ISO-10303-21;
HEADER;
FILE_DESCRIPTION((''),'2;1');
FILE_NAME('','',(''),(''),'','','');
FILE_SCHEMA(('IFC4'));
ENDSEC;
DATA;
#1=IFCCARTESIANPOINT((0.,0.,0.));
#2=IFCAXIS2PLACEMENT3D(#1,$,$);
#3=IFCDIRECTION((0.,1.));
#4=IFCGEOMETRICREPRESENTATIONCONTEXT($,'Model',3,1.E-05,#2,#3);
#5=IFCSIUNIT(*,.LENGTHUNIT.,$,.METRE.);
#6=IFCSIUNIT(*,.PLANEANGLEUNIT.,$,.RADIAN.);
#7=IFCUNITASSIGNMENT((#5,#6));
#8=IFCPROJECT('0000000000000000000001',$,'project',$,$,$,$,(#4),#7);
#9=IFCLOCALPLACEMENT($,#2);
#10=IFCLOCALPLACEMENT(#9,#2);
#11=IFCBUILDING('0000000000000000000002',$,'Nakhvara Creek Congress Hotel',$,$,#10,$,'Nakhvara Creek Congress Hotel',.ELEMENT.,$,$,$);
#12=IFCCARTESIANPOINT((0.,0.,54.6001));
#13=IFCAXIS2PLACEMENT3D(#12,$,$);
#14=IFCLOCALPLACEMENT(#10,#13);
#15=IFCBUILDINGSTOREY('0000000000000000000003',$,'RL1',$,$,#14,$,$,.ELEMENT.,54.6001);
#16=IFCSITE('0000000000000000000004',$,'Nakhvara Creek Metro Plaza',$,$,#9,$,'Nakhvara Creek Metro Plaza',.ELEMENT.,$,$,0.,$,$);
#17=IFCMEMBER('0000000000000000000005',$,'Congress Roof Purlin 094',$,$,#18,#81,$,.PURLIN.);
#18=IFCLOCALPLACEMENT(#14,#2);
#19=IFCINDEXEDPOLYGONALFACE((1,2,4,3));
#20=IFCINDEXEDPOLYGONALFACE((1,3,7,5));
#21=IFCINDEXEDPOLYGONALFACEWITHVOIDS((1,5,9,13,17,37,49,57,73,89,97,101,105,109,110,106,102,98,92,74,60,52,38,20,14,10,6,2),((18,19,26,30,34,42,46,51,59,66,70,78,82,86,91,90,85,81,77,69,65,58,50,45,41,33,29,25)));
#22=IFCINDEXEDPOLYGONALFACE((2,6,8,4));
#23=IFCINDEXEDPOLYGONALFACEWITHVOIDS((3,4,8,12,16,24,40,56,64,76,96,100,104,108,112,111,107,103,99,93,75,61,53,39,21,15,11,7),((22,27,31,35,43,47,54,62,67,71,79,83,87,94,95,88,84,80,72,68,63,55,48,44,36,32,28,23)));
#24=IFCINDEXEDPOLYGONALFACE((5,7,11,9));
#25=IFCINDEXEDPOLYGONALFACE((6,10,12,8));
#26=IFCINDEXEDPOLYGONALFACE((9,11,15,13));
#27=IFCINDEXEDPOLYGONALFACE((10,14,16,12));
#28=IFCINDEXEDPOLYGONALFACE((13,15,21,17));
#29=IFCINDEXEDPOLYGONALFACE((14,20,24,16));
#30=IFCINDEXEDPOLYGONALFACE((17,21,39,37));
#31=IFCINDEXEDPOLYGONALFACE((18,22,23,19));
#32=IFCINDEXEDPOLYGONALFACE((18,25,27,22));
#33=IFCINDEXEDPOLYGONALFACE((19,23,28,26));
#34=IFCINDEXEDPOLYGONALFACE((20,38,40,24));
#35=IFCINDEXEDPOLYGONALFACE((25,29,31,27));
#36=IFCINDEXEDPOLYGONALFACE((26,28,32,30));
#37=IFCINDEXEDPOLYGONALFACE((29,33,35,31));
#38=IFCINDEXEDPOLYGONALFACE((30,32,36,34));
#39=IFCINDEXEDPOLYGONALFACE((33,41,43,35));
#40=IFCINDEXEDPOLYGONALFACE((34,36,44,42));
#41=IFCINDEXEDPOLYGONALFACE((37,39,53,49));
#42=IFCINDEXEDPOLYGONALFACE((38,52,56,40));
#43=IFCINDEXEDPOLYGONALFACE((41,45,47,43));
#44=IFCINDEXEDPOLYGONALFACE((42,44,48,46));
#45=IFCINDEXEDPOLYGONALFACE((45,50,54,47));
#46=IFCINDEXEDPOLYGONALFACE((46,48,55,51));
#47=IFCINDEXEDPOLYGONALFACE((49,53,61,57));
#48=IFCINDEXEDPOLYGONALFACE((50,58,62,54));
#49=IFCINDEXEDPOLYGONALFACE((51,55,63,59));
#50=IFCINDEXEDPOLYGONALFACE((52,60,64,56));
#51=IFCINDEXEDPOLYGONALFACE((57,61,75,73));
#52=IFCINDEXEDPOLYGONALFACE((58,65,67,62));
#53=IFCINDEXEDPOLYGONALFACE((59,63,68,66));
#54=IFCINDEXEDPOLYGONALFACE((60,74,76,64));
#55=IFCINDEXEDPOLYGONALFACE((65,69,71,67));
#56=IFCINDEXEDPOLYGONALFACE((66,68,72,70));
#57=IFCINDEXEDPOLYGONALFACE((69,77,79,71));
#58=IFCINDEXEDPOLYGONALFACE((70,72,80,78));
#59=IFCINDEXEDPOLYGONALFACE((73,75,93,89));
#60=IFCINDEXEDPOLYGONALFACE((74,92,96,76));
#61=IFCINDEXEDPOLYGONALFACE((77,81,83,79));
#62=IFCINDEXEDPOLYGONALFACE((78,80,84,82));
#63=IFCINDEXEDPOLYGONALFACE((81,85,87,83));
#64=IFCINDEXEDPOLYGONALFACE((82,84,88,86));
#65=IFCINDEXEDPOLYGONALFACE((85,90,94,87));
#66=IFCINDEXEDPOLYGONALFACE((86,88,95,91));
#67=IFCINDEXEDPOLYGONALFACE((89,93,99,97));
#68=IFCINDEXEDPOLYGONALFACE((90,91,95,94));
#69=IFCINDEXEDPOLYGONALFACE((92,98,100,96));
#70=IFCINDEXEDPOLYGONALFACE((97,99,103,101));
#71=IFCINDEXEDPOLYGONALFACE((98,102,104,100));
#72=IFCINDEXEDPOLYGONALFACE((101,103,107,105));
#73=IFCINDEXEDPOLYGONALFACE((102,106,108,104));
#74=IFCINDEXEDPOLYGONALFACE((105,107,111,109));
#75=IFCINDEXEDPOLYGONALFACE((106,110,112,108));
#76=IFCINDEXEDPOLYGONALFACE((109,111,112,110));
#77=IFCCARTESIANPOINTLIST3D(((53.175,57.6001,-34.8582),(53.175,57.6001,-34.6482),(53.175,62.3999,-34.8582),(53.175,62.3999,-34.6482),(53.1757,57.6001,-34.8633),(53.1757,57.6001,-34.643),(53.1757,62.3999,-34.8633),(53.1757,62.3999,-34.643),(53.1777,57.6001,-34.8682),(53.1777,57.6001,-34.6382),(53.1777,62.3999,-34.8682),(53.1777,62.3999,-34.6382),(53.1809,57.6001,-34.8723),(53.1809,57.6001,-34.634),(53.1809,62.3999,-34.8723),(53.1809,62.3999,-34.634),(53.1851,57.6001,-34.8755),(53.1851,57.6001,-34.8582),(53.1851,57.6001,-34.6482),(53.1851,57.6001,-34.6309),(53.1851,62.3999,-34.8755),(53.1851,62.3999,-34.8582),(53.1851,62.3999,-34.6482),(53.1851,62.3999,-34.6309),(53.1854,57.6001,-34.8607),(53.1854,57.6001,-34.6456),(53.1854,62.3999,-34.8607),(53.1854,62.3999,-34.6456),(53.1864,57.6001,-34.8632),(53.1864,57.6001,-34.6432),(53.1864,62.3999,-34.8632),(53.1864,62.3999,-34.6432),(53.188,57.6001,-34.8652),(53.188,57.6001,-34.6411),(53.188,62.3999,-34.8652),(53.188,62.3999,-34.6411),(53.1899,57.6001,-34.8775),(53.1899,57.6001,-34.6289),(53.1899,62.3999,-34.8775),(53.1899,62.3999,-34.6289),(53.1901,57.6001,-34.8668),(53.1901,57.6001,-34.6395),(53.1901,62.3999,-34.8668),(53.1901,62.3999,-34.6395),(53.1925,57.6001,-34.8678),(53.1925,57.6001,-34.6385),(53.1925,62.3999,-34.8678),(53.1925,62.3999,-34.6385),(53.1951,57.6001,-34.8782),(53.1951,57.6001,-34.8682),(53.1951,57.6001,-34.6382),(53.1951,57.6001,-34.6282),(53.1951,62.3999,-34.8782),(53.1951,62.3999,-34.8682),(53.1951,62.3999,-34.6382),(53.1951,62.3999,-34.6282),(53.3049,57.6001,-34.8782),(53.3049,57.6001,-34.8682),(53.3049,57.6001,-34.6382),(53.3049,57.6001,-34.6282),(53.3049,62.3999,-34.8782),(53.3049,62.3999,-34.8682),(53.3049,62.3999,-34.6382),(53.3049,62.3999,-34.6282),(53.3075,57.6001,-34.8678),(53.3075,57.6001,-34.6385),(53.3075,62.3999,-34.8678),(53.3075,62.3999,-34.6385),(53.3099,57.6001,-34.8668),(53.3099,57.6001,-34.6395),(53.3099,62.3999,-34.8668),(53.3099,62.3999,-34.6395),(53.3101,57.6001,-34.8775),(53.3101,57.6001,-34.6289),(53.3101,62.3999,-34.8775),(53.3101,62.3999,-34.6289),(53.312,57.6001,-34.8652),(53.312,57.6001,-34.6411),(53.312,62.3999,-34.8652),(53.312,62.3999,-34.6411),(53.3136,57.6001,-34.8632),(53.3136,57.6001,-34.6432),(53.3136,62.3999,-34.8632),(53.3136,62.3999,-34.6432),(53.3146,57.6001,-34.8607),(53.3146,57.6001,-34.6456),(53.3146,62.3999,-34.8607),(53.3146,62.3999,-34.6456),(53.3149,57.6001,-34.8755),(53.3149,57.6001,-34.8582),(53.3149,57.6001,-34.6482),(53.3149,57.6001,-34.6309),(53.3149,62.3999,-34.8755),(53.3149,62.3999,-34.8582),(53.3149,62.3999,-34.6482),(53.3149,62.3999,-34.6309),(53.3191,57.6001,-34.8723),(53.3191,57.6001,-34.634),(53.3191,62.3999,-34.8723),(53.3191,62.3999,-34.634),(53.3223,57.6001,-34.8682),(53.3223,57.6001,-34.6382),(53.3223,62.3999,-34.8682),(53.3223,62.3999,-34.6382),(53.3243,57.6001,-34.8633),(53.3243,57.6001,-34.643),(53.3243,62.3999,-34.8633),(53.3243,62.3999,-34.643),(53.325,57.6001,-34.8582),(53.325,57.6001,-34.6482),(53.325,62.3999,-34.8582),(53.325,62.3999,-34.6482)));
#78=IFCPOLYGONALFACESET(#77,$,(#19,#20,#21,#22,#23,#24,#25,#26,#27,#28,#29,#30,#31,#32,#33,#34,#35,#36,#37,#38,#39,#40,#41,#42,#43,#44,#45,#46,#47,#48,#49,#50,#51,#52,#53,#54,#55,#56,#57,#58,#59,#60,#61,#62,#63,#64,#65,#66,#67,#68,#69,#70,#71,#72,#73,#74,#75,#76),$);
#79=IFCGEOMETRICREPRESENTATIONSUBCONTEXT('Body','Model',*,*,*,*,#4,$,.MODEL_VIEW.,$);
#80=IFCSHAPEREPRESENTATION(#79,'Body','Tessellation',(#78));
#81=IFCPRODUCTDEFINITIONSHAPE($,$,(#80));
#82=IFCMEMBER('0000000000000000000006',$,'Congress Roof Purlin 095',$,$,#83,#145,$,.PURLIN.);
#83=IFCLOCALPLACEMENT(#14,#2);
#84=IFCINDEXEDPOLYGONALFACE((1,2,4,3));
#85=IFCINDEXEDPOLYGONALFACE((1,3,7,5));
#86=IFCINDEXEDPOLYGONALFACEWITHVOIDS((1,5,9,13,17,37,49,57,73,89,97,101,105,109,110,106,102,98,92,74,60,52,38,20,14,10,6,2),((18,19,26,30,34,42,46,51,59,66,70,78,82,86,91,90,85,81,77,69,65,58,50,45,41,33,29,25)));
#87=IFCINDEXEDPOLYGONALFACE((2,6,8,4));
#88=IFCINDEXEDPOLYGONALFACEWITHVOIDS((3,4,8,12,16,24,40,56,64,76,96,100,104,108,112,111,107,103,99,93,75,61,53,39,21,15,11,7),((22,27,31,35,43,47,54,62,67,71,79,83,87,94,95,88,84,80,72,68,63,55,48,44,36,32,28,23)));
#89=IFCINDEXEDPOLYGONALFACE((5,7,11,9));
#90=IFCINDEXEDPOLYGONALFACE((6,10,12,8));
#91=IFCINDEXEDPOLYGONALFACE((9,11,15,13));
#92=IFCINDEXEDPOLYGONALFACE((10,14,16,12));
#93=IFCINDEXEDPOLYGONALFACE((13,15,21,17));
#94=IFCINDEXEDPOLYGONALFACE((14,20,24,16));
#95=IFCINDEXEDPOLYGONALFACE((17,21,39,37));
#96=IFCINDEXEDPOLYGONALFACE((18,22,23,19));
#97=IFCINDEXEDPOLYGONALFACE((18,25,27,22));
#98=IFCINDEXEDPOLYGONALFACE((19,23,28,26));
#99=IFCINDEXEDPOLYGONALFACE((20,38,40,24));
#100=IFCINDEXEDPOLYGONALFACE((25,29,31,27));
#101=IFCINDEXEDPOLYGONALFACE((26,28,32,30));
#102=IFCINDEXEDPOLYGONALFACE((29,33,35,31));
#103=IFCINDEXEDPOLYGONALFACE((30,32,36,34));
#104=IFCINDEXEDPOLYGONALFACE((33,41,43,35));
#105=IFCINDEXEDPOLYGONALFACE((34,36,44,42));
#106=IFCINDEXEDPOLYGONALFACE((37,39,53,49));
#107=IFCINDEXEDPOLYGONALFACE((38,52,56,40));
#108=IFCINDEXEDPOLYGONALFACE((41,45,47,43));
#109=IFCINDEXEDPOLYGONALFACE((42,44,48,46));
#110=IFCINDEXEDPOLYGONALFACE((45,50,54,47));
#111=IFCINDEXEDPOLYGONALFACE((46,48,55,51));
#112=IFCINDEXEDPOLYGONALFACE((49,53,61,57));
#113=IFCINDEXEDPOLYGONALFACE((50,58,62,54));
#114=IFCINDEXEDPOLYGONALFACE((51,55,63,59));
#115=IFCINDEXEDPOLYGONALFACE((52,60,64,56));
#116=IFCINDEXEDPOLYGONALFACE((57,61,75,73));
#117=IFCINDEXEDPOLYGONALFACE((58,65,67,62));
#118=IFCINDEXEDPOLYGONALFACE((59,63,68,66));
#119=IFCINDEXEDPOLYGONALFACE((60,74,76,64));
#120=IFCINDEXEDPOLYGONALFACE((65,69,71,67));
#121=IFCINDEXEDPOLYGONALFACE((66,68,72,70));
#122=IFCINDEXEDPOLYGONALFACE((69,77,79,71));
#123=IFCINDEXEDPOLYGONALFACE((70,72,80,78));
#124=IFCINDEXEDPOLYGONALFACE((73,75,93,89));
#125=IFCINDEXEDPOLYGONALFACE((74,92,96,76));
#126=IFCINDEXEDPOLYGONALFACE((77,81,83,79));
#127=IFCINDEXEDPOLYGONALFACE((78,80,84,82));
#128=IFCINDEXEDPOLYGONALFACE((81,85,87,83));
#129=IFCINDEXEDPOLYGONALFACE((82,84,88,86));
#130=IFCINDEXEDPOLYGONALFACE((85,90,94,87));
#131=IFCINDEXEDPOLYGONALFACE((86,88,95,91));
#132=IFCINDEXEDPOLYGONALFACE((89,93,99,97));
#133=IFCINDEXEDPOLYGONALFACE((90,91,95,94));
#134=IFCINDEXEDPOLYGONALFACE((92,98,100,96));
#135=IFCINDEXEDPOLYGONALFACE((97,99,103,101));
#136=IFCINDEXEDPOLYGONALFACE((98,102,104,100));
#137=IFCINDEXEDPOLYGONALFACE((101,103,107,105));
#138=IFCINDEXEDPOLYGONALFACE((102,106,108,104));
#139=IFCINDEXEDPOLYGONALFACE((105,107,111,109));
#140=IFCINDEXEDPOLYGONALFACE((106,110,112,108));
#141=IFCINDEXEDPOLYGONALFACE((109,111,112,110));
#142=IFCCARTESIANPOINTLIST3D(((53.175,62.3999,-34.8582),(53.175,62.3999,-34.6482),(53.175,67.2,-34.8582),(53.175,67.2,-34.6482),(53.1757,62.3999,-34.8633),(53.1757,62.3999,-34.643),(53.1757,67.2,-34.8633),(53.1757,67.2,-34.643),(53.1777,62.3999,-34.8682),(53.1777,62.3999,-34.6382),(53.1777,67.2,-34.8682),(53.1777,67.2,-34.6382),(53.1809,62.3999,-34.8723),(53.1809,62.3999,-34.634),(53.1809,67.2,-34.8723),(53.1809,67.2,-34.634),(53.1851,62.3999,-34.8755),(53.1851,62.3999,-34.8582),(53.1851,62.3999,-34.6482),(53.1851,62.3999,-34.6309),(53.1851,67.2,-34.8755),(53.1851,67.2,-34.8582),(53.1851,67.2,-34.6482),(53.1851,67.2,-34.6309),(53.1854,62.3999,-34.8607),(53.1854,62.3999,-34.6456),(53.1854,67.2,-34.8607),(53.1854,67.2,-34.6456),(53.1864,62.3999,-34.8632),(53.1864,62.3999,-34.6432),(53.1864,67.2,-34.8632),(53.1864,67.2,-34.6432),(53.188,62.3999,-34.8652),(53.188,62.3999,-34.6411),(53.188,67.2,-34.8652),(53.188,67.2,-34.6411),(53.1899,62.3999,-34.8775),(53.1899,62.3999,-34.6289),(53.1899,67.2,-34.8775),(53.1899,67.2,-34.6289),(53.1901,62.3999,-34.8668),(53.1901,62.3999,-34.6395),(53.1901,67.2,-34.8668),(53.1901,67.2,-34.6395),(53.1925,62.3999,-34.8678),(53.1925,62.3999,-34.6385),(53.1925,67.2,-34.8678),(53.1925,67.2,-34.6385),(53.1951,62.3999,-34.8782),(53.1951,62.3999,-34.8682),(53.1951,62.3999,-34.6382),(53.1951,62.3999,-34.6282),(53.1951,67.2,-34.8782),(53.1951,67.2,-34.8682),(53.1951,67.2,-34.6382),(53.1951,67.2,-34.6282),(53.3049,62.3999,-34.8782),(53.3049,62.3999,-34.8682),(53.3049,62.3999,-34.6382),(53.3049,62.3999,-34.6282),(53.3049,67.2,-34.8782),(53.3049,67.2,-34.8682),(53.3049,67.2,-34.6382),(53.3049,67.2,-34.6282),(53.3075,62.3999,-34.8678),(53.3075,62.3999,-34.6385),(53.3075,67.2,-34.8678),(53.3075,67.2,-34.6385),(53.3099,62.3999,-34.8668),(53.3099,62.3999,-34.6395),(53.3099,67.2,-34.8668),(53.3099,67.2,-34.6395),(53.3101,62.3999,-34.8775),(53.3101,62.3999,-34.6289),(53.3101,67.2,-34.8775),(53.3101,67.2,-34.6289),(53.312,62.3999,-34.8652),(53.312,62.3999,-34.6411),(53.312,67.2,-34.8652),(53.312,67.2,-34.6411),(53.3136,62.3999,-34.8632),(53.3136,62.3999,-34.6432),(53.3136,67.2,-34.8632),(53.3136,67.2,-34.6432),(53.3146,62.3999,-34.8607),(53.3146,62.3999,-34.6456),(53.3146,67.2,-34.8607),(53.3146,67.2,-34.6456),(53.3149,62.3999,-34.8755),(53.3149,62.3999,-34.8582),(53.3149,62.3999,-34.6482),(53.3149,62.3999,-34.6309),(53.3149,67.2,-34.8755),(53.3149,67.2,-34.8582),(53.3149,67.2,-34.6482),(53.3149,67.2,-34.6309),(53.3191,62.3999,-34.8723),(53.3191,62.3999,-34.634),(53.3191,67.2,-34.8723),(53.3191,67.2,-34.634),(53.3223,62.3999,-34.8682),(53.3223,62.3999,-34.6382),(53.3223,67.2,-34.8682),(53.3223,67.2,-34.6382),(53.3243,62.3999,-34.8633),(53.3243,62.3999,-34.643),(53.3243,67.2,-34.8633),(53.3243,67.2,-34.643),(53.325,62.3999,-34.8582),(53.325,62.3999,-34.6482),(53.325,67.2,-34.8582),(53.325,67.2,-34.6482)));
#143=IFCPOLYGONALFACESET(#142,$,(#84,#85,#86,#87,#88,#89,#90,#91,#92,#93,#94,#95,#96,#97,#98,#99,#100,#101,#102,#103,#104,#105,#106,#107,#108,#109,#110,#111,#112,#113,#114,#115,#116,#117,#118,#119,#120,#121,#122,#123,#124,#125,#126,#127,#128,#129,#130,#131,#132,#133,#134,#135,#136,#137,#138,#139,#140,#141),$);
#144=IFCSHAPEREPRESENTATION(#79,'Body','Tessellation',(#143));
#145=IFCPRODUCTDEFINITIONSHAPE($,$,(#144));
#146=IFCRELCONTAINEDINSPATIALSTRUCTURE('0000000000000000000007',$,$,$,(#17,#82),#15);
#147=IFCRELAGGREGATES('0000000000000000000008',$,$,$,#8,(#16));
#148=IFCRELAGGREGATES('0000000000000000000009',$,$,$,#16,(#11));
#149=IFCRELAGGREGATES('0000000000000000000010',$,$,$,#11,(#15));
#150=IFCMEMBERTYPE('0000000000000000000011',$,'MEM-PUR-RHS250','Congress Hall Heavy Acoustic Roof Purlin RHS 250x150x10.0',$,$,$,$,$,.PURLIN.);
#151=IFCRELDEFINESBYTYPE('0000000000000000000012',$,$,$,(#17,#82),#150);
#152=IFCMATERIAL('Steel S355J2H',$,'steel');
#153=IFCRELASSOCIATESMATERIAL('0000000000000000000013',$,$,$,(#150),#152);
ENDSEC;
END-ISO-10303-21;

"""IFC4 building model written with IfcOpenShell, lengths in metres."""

from ifc_helpers import new_model, si_unit, direction, frame, origin, origin_2d, place, context, subcontext, project, spatial, hollow_rectangle, extrude, material, material_profile, profile_set, type_object, element, save


model = new_model("IFC4")

# Units and contexts
model_context = context("Model", 3, precision=1e-05, world=origin(), true_north=direction((0.0, 1.0)))
body_context = subcontext(model_context, "Body", "Model", "MODEL_VIEW")
ifc_project = project(units=[si_unit("LENGTHUNIT", "METRE"), si_unit("PLANEANGLEUNIT", "RADIAN")], contexts=[model_context])

# Site, building, storey
site_placement = place(None, origin())
site = spatial("IfcSite", under=ifc_project, at=site_placement, Name="Nakhvara Creek Metro Plaza", LongName="Nakhvara Creek Metro Plaza", CompositionType="ELEMENT", RefElevation=0.0)
building_placement = place(site_placement, origin())
building = spatial("IfcBuilding", under=site, at=building_placement, Name="Nakhvara Creek Congress Hotel", LongName="Nakhvara Creek Congress Hotel", CompositionType="ELEMENT")
storey_placement = place(building_placement, frame((0.0, 0.0, 54.6001)))
storey = spatial("IfcBuildingStorey", under=building, at=storey_placement, Name="RL1", CompositionType="ELEMENT", Elevation=54.6001)

# Members
ifc_material_1 = material(Name="Steel S355J2H", Category="steel")
ifc_material_profile_1 = material_profile(ifc_material_1, hollow_rectangle(XDim=0.1499, YDim=0.25, WallThickness=0.01, InnerFilletRadius=0.01, OuterFilletRadius=0.02, at=origin_2d()), Name="RHS 250x150x10.0", Category="LoadBearing")
ifc_profile_set_1 = profile_set([ifc_material_profile_1], Name="Steel S355J2H")
member_type_1 = type_object("IfcMemberType", Name="MEM-PUR-RHS250", Description="Congress Hall Heavy Acoustic Roof Purlin RHS 250x150x10.0", PredefinedType="PURLIN", material=ifc_profile_set_1)
member_1_placement = place(storey_placement, frame((53.25, 57.6001, -34.7532), z_axis=(0.0, 1.0, 0.0), x_axis=(-1.0, 0.0, 0.0)))
element("IfcMember", 1, at=member_1_placement, inside=storey, type_object=member_type_1, Name="Congress Roof Purlin 094", PredefinedType="PURLIN", context=body_context, shape_type="SweptSolid", body=[
    extrude(hollow_rectangle(XDim=0.1499, YDim=0.25, WallThickness=0.01, InnerFilletRadius=0.01, OuterFilletRadius=0.02, at=origin_2d()), origin(), (0.0, 0.0, 1.0), 4.7998),
])
for number, where, z_axis, x_axis, name in (
    (2, (53.25, 62.3999, -34.7532), (0.0, 1.0, 0.0), (-1.0, 0.0, 0.0), "Congress Roof Purlin 095"),
):
    element("IfcMember", number, at=place(storey_placement, frame(where, z_axis=z_axis, x_axis=x_axis)), inside=storey, type_object=member_type_1, Name=name, PredefinedType="PURLIN", context=body_context, shape_type="SweptSolid", body=[
        extrude(hollow_rectangle(XDim=0.1499, YDim=0.25, WallThickness=0.01, InnerFilletRadius=0.01, OuterFilletRadius=0.02, at=origin_2d()), origin(), (0.0, 0.0, 1.0), 4.8),
    ])

save(model, "model.ifc")
